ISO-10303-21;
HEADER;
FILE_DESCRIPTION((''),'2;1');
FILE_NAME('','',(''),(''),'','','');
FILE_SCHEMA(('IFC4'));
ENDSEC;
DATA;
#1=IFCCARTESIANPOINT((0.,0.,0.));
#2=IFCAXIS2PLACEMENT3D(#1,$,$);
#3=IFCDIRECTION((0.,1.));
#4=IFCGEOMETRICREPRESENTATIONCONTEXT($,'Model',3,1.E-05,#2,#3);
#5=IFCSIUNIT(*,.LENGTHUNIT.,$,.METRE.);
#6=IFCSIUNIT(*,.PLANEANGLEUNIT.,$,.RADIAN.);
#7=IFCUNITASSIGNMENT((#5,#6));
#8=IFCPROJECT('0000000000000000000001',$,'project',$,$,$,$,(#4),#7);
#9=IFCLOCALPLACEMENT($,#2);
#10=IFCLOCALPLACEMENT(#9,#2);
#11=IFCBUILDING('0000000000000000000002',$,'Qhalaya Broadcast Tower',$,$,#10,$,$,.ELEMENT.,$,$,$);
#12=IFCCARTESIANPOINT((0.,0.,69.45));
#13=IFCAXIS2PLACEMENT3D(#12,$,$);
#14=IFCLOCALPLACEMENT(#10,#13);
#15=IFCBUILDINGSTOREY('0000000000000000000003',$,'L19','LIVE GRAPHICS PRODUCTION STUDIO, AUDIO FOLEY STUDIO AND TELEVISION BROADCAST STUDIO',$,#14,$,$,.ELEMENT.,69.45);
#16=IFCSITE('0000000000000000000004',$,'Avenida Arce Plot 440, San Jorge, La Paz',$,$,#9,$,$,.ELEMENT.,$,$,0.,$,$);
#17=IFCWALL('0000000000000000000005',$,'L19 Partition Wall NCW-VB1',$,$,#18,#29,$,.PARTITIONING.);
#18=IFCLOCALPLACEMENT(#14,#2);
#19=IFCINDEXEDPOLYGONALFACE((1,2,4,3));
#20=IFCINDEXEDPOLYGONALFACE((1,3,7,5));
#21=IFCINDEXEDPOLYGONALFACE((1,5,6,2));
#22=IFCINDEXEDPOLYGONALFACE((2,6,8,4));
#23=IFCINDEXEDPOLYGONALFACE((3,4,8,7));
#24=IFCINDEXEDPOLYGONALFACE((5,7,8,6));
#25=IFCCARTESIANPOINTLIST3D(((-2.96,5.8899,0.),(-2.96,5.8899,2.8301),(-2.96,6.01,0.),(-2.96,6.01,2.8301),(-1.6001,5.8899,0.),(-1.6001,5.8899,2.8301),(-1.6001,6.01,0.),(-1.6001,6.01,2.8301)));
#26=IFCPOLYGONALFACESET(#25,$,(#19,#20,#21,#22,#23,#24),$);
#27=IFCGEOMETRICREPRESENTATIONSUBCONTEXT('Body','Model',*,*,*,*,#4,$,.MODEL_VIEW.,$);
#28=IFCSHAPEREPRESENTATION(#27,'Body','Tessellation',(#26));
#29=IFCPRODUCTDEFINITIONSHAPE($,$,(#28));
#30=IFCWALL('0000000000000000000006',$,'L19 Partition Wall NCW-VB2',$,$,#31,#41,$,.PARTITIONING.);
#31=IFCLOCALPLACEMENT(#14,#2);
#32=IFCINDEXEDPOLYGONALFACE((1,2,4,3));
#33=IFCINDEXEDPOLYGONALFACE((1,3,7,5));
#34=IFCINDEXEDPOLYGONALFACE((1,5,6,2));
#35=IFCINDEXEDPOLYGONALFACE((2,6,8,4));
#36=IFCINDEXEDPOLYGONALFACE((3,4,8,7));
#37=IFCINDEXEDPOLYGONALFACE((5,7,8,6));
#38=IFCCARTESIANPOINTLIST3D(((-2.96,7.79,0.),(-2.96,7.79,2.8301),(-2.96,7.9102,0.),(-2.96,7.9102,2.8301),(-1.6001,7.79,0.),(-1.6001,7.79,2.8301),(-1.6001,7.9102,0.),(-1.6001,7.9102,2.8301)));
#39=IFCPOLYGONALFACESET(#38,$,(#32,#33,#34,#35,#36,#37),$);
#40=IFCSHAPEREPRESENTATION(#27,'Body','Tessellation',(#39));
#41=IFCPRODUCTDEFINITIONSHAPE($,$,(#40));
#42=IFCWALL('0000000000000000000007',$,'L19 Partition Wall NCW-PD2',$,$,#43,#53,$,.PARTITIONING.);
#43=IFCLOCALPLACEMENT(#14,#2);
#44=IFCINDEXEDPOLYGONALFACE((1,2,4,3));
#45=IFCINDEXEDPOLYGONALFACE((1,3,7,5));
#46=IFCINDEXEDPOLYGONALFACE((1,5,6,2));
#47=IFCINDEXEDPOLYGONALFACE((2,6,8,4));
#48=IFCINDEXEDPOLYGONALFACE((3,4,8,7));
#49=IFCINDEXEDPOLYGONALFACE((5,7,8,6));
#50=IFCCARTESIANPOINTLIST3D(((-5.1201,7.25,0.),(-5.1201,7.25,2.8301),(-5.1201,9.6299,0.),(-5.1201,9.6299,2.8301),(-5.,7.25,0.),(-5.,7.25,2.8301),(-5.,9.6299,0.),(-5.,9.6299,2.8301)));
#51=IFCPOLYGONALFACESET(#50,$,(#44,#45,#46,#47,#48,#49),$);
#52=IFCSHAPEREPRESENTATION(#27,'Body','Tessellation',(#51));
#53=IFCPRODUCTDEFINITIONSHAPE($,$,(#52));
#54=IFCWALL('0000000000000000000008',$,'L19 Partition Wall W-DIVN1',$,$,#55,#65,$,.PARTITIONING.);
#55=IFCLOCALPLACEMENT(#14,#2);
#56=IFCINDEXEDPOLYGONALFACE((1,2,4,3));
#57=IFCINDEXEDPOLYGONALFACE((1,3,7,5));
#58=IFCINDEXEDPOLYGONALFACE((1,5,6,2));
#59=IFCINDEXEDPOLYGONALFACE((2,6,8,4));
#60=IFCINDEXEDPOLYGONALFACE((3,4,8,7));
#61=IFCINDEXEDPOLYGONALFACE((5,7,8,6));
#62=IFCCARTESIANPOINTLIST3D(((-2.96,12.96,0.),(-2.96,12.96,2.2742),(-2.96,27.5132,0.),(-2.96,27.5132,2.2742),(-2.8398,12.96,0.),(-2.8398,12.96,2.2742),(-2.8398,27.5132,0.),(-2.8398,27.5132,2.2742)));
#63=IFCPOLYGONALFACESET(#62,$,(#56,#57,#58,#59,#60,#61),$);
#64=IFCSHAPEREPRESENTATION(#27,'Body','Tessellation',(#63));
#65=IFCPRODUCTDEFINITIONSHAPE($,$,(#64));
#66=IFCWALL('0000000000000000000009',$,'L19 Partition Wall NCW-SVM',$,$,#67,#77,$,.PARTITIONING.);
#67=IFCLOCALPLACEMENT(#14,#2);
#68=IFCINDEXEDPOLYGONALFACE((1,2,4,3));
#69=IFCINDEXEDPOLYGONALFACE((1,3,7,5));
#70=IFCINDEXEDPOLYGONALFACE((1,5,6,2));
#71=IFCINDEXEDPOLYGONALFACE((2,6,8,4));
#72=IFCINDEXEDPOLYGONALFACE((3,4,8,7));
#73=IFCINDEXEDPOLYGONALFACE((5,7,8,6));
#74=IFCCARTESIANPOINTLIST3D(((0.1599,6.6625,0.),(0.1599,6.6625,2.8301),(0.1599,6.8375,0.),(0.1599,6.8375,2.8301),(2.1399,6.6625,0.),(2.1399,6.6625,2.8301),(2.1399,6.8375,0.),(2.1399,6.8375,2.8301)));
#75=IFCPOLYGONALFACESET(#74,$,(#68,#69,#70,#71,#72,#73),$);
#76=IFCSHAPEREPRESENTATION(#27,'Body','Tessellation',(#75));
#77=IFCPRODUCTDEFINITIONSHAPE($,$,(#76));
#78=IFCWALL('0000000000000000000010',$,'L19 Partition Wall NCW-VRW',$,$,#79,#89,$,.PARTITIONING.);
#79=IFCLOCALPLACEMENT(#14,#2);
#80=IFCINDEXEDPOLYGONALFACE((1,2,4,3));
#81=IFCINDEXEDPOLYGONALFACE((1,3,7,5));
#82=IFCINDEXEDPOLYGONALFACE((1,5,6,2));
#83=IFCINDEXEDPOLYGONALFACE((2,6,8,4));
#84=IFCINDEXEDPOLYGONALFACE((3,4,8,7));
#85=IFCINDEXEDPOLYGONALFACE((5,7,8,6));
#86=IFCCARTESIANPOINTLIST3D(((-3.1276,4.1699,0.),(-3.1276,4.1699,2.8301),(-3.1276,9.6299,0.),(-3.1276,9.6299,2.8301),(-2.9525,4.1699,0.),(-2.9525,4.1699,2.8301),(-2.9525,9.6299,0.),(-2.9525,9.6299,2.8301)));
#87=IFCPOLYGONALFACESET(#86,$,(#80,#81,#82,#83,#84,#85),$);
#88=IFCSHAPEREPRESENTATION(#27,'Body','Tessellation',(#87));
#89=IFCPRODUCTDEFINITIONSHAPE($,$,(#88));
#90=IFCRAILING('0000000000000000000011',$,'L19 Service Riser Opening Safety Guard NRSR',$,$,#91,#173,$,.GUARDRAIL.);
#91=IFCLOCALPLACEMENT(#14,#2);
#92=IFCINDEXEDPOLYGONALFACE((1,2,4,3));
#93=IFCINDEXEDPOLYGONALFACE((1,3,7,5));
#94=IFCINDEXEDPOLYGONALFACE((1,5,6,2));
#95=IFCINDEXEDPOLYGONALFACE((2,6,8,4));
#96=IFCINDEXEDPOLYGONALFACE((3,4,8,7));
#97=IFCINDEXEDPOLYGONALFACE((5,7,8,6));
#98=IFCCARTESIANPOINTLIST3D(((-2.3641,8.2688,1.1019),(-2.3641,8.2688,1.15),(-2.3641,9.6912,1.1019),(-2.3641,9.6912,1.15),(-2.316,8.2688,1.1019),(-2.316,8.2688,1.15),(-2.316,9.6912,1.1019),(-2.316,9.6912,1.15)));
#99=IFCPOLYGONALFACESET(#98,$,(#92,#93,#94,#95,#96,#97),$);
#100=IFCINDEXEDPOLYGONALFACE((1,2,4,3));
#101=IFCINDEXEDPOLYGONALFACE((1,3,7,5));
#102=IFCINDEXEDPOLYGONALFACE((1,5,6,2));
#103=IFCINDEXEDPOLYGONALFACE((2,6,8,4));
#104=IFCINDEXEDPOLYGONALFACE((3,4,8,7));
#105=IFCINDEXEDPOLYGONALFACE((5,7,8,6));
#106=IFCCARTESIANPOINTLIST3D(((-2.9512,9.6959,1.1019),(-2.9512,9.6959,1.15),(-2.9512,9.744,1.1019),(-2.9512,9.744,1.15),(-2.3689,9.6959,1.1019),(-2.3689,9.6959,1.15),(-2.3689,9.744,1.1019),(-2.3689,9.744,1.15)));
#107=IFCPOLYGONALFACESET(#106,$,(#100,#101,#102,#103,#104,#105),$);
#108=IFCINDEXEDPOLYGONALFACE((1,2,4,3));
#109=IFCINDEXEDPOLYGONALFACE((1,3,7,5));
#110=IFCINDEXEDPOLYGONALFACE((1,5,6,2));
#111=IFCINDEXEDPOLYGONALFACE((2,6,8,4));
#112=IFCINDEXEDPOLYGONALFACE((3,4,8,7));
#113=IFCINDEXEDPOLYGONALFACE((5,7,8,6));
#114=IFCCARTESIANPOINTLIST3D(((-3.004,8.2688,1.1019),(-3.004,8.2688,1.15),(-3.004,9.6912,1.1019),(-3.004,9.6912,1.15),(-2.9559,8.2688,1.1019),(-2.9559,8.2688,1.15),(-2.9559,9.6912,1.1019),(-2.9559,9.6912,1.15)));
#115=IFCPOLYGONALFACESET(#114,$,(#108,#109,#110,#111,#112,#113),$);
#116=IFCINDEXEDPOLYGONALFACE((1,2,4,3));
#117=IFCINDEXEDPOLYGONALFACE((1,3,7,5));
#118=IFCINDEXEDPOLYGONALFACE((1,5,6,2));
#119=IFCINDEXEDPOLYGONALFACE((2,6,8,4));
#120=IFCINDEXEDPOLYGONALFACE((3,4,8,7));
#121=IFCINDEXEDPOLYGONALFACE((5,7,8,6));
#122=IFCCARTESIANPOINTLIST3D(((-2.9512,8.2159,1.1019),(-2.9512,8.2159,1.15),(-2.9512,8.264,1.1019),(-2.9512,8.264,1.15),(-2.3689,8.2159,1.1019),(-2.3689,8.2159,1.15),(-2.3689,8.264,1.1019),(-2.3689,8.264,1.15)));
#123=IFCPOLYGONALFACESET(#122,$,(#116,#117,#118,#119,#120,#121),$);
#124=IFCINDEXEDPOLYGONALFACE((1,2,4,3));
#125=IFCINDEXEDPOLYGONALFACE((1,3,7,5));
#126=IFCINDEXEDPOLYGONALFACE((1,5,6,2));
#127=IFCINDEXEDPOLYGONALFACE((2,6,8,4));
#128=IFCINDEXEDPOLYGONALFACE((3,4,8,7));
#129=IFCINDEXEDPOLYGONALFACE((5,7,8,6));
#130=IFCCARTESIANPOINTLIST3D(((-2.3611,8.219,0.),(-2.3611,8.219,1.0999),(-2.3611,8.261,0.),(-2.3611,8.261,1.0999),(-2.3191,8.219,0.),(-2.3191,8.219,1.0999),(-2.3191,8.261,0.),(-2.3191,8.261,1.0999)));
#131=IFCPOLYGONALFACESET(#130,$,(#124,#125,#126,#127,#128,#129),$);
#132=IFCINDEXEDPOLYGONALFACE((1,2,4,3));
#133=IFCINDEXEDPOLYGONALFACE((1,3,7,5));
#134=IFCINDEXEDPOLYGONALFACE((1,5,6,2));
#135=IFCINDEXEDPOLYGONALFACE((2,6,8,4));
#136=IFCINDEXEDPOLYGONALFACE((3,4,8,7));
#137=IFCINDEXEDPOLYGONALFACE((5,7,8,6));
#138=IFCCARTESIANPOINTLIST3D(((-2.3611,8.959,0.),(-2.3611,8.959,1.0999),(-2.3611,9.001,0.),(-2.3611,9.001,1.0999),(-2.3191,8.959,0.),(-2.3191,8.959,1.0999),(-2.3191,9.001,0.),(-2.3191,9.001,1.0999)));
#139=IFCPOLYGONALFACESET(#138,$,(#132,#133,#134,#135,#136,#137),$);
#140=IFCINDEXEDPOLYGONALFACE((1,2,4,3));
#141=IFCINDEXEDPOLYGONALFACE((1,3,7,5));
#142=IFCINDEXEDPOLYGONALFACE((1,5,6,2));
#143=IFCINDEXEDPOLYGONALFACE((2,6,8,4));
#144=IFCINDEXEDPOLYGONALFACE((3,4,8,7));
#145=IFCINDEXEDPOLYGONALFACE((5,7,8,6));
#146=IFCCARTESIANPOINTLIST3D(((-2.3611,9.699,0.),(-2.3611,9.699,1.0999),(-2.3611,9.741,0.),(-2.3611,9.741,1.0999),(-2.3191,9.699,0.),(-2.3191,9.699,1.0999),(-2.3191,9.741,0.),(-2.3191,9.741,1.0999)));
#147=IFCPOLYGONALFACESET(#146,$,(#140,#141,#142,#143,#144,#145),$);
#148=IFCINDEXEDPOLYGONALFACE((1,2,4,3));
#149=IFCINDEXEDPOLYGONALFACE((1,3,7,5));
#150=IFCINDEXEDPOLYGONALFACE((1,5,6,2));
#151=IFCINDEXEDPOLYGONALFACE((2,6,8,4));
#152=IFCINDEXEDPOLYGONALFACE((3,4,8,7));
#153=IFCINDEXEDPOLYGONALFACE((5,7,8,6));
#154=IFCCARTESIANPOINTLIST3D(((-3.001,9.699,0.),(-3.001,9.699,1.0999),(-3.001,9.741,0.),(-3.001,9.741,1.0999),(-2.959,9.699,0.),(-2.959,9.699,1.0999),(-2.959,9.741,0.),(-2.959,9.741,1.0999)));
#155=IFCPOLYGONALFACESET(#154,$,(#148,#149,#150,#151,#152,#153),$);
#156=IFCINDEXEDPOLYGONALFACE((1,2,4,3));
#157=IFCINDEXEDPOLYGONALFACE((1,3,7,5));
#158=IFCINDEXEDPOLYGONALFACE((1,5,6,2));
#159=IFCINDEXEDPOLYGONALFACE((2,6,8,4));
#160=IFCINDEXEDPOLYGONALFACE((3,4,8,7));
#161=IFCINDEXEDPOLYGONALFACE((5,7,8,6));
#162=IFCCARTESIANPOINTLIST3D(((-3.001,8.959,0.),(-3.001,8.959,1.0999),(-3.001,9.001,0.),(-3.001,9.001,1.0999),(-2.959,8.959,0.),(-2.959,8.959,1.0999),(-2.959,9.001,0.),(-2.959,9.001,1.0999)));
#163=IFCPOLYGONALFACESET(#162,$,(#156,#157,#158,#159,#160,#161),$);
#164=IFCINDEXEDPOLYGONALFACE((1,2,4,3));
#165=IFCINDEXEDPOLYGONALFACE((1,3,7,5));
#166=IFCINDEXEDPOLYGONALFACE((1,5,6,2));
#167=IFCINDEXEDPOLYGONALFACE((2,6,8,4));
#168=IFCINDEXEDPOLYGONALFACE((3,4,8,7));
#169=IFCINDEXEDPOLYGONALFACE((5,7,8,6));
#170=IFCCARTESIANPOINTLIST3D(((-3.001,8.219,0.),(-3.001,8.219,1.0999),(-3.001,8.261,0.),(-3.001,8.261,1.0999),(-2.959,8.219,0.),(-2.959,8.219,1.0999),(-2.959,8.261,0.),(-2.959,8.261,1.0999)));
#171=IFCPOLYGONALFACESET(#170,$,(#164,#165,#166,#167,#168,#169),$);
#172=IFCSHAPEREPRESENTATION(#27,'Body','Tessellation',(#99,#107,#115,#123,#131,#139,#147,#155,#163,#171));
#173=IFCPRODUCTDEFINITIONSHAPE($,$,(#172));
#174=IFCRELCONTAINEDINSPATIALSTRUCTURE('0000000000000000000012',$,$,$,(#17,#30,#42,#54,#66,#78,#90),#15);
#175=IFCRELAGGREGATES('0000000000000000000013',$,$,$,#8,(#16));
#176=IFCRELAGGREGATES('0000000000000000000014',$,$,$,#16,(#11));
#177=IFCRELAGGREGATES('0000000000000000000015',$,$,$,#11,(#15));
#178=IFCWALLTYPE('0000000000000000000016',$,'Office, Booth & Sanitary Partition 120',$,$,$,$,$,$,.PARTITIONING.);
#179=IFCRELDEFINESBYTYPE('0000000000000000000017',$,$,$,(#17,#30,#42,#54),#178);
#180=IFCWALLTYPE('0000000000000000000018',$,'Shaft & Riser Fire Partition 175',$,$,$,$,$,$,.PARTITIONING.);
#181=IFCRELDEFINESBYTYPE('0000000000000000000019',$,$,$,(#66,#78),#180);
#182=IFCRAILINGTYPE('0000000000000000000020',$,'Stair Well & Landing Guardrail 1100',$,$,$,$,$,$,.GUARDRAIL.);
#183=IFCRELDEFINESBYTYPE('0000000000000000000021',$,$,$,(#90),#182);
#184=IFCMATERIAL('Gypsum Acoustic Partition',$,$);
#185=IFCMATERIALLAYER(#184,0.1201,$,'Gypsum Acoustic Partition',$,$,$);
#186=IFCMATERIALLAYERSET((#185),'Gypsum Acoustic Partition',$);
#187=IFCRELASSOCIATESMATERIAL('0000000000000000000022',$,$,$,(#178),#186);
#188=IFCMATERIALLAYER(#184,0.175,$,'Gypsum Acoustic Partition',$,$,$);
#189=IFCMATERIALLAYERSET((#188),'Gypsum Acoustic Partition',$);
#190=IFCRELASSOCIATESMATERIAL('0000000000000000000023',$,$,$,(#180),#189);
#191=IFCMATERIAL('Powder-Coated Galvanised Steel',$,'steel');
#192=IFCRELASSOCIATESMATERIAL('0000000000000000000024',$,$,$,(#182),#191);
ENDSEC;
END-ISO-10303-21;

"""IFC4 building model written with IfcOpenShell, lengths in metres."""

from ifc_helpers import new_model, si_unit, direction, frame, frame_2d, origin, origin_2d, place, context, subcontext, project, spatial, rectangle, extrude, material, layer, layer_set, type_object, element, save


model = new_model("IFC4")

# Units and contexts
model_context = context("Model", 3, precision=1e-05, world=origin(), true_north=direction((0.0, 1.0)))
body_context = subcontext(model_context, "Body", "Model", "MODEL_VIEW")
ifc_project = project(units=[si_unit("LENGTHUNIT", "METRE"), si_unit("PLANEANGLEUNIT", "RADIAN")], contexts=[model_context])

# Site, building, storey
site_placement = place(None, origin())
site = spatial("IfcSite", under=ifc_project, at=site_placement, Name="Avenida Arce Plot 440, San Jorge, La Paz", CompositionType="ELEMENT", RefElevation=0.0)
building_placement = place(site_placement, origin())
building = spatial("IfcBuilding", under=site, at=building_placement, Name="Qhalaya Broadcast Tower", CompositionType="ELEMENT")
storey_placement = place(building_placement, frame((0.0, 0.0, 69.45)))
storey = spatial("IfcBuildingStorey", under=building, at=storey_placement, Name="L19", Description="LIVE GRAPHICS PRODUCTION STUDIO, AUDIO FOLEY STUDIO AND TELEVISION BROADCAST STUDIO", CompositionType="ELEMENT", Elevation=69.45)

# Shared definitions
ifc_material_1 = material(Name="Gypsum Acoustic Partition")

# Walls
ifc_layer_1 = layer(ifc_material_1, 0.1201, Name="Gypsum Acoustic Partition")
ifc_layer_set_1 = layer_set([ifc_layer_1], Name="Gypsum Acoustic Partition")
wall_type_1 = type_object("IfcWallType", Name="Office, Booth & Sanitary Partition 120", PredefinedType="PARTITIONING", material=ifc_layer_set_1)
for number, where, z_axis, x_axis, name in (
    (1, (-2.96, 5.95, 0.0), (0.0, 0.0, 1.0), (1.0, 0.0, 0.0), "L19 Partition Wall NCW-VB1"),
    (2, (-2.96, 7.8501, 0.0), (0.0, 0.0, 1.0), (1.0, 0.0, 0.0), "L19 Partition Wall NCW-VB2"),
):
    element("IfcWall", number, at=place(storey_placement, frame(where, z_axis=z_axis, x_axis=x_axis)), inside=storey, type_object=wall_type_1, Name=name, PredefinedType="PARTITIONING", context=body_context, shape_type="SweptSolid", body=[
        extrude(rectangle(XDim=1.3599, YDim=0.1201, at=frame_2d((0.6799, 0.0))), origin(), (0.0, 0.0, 1.0), 2.8301),
    ])
wall_1_placement = place(storey_placement, frame((-5.0601, 7.25, 0.0), z_axis=(0.0, 0.0, 1.0), x_axis=(0.0, 1.0, 0.0)))
element("IfcWall", 3, at=wall_1_placement, inside=storey, type_object=wall_type_1, Name="L19 Partition Wall NCW-PD2", PredefinedType="PARTITIONING", context=body_context, shape_type="SweptSolid", body=[
    extrude(rectangle(XDim=2.3799, YDim=0.1201, at=frame_2d((1.1899, 0.0))), origin(), (0.0, 0.0, 1.0), 2.8301),
])
wall_2_placement = place(storey_placement, frame((-2.8999, 12.96, 0.0), z_axis=(0.0, 0.0, 1.0), x_axis=(0.0, 1.0, 0.0)))
element("IfcWall", 4, at=wall_2_placement, inside=storey, type_object=wall_type_1, Name="L19 Partition Wall W-DIVN1", PredefinedType="PARTITIONING", context=body_context, shape_type="SweptSolid", body=[
    extrude(rectangle(XDim=14.5532, YDim=0.1201, at=frame_2d((7.2766, 0.0))), origin(), (0.0, 0.0, 1.0), 2.2742),
])

# Shared definitions
ifc_layer_2 = layer(ifc_material_1, 0.175, Name="Gypsum Acoustic Partition")
ifc_layer_set_2 = layer_set([ifc_layer_2], Name="Gypsum Acoustic Partition")
wall_type_2 = type_object("IfcWallType", Name="Shaft & Riser Fire Partition 175", PredefinedType="PARTITIONING", material=ifc_layer_set_2)

# Walls
wall_3_placement = place(storey_placement, frame((0.1599, 6.75, 0.0), z_axis=(0.0, 0.0, 1.0), x_axis=(1.0, 0.0, 0.0)))
element("IfcWall", 5, at=wall_3_placement, inside=storey, type_object=wall_type_2, Name="L19 Partition Wall NCW-SVM", PredefinedType="PARTITIONING", context=body_context, shape_type="SweptSolid", body=[
    extrude(rectangle(XDim=1.98, YDim=0.175, at=frame_2d((0.99, 0.0))), origin(), (0.0, 0.0, 1.0), 2.8301),
])
wall_4_placement = place(storey_placement, frame((-3.04, 4.1699, 0.0), z_axis=(0.0, 0.0, 1.0), x_axis=(0.0, 1.0, 0.0)))
element("IfcWall", 6, at=wall_4_placement, inside=storey, type_object=wall_type_2, Name="L19 Partition Wall NCW-VRW", PredefinedType="PARTITIONING", context=body_context, shape_type="SweptSolid", body=[
    extrude(rectangle(XDim=5.46, YDim=0.175, at=frame_2d((2.73, 0.0))), origin(), (0.0, 0.0, 1.0), 2.8301),
])

# Railing
ifc_material_2 = material(Name="Powder-Coated Galvanised Steel", Category="steel")
railing_type = type_object("IfcRailingType", Name="Stair Well & Landing Guardrail 1100", PredefinedType="GUARDRAIL", material=ifc_material_2)
railing_placement = place(storey_placement, frame((-2.3401, 8.24, 0.0)))
element("IfcRailing", 7, at=railing_placement, inside=storey, type_object=railing_type, Name="L19 Service Riser Opening Safety Guard NRSR", PredefinedType="GUARDRAIL", context=body_context, shape_type="SweptSolid", body=[
    extrude(rectangle(XDim=0.0481, YDim=0.0481, at=origin_2d()), frame((0.0, 0.0288, 1.126), z_axis=(0.0, 1.0, 0.0), x_axis=(-1.0, 0.0, 0.0)), (0.0, 0.0, 1.0), 1.4224),
    extrude(rectangle(XDim=0.0481, YDim=0.0481, at=origin_2d()), frame((-0.0288, 1.48, 1.126), z_axis=(-1.0, 0.0, 0.0), x_axis=(0.0, -1.0, 0.0)), (0.0, 0.0, 1.0), 0.5823),
    extrude(rectangle(XDim=0.0481, YDim=0.0481, at=origin_2d()), frame((-0.6399, 1.4512, 1.126), z_axis=(0.0, -1.0, 0.0), x_axis=(1.0, 0.0, 0.0)), (0.0, 0.0, 1.0), 1.4224),
    extrude(rectangle(XDim=0.0481, YDim=0.0481, at=origin_2d()), frame((-0.6111, 0.0, 1.126), z_axis=(1.0, 0.0, 0.0), x_axis=(0.0, 1.0, 0.0)), (0.0, 0.0, 1.0), 0.5823),
    extrude(rectangle(XDim=0.042, YDim=0.042, at=origin_2d()), origin(), (0.0, 0.0, 1.0), 1.0999),
    extrude(rectangle(XDim=0.042, YDim=0.042, at=origin_2d()), frame((0.0, 0.74, 0.0)), (0.0, 0.0, 1.0), 1.0999),
    extrude(rectangle(XDim=0.042, YDim=0.042, at=origin_2d()), frame((0.0, 1.48, 0.0)), (0.0, 0.0, 1.0), 1.0999),
    extrude(rectangle(XDim=0.042, YDim=0.042, at=origin_2d()), frame((-0.6399, 1.48, 0.0)), (0.0, 0.0, 1.0), 1.0999),
    extrude(rectangle(XDim=0.042, YDim=0.042, at=origin_2d()), frame((-0.6399, 0.74, 0.0)), (0.0, 0.0, 1.0), 1.0999),
    extrude(rectangle(XDim=0.042, YDim=0.042, at=origin_2d()), frame((-0.6399, 0.0, 0.0)), (0.0, 0.0, 1.0), 1.0999),
])

save(model, "model.ifc")
